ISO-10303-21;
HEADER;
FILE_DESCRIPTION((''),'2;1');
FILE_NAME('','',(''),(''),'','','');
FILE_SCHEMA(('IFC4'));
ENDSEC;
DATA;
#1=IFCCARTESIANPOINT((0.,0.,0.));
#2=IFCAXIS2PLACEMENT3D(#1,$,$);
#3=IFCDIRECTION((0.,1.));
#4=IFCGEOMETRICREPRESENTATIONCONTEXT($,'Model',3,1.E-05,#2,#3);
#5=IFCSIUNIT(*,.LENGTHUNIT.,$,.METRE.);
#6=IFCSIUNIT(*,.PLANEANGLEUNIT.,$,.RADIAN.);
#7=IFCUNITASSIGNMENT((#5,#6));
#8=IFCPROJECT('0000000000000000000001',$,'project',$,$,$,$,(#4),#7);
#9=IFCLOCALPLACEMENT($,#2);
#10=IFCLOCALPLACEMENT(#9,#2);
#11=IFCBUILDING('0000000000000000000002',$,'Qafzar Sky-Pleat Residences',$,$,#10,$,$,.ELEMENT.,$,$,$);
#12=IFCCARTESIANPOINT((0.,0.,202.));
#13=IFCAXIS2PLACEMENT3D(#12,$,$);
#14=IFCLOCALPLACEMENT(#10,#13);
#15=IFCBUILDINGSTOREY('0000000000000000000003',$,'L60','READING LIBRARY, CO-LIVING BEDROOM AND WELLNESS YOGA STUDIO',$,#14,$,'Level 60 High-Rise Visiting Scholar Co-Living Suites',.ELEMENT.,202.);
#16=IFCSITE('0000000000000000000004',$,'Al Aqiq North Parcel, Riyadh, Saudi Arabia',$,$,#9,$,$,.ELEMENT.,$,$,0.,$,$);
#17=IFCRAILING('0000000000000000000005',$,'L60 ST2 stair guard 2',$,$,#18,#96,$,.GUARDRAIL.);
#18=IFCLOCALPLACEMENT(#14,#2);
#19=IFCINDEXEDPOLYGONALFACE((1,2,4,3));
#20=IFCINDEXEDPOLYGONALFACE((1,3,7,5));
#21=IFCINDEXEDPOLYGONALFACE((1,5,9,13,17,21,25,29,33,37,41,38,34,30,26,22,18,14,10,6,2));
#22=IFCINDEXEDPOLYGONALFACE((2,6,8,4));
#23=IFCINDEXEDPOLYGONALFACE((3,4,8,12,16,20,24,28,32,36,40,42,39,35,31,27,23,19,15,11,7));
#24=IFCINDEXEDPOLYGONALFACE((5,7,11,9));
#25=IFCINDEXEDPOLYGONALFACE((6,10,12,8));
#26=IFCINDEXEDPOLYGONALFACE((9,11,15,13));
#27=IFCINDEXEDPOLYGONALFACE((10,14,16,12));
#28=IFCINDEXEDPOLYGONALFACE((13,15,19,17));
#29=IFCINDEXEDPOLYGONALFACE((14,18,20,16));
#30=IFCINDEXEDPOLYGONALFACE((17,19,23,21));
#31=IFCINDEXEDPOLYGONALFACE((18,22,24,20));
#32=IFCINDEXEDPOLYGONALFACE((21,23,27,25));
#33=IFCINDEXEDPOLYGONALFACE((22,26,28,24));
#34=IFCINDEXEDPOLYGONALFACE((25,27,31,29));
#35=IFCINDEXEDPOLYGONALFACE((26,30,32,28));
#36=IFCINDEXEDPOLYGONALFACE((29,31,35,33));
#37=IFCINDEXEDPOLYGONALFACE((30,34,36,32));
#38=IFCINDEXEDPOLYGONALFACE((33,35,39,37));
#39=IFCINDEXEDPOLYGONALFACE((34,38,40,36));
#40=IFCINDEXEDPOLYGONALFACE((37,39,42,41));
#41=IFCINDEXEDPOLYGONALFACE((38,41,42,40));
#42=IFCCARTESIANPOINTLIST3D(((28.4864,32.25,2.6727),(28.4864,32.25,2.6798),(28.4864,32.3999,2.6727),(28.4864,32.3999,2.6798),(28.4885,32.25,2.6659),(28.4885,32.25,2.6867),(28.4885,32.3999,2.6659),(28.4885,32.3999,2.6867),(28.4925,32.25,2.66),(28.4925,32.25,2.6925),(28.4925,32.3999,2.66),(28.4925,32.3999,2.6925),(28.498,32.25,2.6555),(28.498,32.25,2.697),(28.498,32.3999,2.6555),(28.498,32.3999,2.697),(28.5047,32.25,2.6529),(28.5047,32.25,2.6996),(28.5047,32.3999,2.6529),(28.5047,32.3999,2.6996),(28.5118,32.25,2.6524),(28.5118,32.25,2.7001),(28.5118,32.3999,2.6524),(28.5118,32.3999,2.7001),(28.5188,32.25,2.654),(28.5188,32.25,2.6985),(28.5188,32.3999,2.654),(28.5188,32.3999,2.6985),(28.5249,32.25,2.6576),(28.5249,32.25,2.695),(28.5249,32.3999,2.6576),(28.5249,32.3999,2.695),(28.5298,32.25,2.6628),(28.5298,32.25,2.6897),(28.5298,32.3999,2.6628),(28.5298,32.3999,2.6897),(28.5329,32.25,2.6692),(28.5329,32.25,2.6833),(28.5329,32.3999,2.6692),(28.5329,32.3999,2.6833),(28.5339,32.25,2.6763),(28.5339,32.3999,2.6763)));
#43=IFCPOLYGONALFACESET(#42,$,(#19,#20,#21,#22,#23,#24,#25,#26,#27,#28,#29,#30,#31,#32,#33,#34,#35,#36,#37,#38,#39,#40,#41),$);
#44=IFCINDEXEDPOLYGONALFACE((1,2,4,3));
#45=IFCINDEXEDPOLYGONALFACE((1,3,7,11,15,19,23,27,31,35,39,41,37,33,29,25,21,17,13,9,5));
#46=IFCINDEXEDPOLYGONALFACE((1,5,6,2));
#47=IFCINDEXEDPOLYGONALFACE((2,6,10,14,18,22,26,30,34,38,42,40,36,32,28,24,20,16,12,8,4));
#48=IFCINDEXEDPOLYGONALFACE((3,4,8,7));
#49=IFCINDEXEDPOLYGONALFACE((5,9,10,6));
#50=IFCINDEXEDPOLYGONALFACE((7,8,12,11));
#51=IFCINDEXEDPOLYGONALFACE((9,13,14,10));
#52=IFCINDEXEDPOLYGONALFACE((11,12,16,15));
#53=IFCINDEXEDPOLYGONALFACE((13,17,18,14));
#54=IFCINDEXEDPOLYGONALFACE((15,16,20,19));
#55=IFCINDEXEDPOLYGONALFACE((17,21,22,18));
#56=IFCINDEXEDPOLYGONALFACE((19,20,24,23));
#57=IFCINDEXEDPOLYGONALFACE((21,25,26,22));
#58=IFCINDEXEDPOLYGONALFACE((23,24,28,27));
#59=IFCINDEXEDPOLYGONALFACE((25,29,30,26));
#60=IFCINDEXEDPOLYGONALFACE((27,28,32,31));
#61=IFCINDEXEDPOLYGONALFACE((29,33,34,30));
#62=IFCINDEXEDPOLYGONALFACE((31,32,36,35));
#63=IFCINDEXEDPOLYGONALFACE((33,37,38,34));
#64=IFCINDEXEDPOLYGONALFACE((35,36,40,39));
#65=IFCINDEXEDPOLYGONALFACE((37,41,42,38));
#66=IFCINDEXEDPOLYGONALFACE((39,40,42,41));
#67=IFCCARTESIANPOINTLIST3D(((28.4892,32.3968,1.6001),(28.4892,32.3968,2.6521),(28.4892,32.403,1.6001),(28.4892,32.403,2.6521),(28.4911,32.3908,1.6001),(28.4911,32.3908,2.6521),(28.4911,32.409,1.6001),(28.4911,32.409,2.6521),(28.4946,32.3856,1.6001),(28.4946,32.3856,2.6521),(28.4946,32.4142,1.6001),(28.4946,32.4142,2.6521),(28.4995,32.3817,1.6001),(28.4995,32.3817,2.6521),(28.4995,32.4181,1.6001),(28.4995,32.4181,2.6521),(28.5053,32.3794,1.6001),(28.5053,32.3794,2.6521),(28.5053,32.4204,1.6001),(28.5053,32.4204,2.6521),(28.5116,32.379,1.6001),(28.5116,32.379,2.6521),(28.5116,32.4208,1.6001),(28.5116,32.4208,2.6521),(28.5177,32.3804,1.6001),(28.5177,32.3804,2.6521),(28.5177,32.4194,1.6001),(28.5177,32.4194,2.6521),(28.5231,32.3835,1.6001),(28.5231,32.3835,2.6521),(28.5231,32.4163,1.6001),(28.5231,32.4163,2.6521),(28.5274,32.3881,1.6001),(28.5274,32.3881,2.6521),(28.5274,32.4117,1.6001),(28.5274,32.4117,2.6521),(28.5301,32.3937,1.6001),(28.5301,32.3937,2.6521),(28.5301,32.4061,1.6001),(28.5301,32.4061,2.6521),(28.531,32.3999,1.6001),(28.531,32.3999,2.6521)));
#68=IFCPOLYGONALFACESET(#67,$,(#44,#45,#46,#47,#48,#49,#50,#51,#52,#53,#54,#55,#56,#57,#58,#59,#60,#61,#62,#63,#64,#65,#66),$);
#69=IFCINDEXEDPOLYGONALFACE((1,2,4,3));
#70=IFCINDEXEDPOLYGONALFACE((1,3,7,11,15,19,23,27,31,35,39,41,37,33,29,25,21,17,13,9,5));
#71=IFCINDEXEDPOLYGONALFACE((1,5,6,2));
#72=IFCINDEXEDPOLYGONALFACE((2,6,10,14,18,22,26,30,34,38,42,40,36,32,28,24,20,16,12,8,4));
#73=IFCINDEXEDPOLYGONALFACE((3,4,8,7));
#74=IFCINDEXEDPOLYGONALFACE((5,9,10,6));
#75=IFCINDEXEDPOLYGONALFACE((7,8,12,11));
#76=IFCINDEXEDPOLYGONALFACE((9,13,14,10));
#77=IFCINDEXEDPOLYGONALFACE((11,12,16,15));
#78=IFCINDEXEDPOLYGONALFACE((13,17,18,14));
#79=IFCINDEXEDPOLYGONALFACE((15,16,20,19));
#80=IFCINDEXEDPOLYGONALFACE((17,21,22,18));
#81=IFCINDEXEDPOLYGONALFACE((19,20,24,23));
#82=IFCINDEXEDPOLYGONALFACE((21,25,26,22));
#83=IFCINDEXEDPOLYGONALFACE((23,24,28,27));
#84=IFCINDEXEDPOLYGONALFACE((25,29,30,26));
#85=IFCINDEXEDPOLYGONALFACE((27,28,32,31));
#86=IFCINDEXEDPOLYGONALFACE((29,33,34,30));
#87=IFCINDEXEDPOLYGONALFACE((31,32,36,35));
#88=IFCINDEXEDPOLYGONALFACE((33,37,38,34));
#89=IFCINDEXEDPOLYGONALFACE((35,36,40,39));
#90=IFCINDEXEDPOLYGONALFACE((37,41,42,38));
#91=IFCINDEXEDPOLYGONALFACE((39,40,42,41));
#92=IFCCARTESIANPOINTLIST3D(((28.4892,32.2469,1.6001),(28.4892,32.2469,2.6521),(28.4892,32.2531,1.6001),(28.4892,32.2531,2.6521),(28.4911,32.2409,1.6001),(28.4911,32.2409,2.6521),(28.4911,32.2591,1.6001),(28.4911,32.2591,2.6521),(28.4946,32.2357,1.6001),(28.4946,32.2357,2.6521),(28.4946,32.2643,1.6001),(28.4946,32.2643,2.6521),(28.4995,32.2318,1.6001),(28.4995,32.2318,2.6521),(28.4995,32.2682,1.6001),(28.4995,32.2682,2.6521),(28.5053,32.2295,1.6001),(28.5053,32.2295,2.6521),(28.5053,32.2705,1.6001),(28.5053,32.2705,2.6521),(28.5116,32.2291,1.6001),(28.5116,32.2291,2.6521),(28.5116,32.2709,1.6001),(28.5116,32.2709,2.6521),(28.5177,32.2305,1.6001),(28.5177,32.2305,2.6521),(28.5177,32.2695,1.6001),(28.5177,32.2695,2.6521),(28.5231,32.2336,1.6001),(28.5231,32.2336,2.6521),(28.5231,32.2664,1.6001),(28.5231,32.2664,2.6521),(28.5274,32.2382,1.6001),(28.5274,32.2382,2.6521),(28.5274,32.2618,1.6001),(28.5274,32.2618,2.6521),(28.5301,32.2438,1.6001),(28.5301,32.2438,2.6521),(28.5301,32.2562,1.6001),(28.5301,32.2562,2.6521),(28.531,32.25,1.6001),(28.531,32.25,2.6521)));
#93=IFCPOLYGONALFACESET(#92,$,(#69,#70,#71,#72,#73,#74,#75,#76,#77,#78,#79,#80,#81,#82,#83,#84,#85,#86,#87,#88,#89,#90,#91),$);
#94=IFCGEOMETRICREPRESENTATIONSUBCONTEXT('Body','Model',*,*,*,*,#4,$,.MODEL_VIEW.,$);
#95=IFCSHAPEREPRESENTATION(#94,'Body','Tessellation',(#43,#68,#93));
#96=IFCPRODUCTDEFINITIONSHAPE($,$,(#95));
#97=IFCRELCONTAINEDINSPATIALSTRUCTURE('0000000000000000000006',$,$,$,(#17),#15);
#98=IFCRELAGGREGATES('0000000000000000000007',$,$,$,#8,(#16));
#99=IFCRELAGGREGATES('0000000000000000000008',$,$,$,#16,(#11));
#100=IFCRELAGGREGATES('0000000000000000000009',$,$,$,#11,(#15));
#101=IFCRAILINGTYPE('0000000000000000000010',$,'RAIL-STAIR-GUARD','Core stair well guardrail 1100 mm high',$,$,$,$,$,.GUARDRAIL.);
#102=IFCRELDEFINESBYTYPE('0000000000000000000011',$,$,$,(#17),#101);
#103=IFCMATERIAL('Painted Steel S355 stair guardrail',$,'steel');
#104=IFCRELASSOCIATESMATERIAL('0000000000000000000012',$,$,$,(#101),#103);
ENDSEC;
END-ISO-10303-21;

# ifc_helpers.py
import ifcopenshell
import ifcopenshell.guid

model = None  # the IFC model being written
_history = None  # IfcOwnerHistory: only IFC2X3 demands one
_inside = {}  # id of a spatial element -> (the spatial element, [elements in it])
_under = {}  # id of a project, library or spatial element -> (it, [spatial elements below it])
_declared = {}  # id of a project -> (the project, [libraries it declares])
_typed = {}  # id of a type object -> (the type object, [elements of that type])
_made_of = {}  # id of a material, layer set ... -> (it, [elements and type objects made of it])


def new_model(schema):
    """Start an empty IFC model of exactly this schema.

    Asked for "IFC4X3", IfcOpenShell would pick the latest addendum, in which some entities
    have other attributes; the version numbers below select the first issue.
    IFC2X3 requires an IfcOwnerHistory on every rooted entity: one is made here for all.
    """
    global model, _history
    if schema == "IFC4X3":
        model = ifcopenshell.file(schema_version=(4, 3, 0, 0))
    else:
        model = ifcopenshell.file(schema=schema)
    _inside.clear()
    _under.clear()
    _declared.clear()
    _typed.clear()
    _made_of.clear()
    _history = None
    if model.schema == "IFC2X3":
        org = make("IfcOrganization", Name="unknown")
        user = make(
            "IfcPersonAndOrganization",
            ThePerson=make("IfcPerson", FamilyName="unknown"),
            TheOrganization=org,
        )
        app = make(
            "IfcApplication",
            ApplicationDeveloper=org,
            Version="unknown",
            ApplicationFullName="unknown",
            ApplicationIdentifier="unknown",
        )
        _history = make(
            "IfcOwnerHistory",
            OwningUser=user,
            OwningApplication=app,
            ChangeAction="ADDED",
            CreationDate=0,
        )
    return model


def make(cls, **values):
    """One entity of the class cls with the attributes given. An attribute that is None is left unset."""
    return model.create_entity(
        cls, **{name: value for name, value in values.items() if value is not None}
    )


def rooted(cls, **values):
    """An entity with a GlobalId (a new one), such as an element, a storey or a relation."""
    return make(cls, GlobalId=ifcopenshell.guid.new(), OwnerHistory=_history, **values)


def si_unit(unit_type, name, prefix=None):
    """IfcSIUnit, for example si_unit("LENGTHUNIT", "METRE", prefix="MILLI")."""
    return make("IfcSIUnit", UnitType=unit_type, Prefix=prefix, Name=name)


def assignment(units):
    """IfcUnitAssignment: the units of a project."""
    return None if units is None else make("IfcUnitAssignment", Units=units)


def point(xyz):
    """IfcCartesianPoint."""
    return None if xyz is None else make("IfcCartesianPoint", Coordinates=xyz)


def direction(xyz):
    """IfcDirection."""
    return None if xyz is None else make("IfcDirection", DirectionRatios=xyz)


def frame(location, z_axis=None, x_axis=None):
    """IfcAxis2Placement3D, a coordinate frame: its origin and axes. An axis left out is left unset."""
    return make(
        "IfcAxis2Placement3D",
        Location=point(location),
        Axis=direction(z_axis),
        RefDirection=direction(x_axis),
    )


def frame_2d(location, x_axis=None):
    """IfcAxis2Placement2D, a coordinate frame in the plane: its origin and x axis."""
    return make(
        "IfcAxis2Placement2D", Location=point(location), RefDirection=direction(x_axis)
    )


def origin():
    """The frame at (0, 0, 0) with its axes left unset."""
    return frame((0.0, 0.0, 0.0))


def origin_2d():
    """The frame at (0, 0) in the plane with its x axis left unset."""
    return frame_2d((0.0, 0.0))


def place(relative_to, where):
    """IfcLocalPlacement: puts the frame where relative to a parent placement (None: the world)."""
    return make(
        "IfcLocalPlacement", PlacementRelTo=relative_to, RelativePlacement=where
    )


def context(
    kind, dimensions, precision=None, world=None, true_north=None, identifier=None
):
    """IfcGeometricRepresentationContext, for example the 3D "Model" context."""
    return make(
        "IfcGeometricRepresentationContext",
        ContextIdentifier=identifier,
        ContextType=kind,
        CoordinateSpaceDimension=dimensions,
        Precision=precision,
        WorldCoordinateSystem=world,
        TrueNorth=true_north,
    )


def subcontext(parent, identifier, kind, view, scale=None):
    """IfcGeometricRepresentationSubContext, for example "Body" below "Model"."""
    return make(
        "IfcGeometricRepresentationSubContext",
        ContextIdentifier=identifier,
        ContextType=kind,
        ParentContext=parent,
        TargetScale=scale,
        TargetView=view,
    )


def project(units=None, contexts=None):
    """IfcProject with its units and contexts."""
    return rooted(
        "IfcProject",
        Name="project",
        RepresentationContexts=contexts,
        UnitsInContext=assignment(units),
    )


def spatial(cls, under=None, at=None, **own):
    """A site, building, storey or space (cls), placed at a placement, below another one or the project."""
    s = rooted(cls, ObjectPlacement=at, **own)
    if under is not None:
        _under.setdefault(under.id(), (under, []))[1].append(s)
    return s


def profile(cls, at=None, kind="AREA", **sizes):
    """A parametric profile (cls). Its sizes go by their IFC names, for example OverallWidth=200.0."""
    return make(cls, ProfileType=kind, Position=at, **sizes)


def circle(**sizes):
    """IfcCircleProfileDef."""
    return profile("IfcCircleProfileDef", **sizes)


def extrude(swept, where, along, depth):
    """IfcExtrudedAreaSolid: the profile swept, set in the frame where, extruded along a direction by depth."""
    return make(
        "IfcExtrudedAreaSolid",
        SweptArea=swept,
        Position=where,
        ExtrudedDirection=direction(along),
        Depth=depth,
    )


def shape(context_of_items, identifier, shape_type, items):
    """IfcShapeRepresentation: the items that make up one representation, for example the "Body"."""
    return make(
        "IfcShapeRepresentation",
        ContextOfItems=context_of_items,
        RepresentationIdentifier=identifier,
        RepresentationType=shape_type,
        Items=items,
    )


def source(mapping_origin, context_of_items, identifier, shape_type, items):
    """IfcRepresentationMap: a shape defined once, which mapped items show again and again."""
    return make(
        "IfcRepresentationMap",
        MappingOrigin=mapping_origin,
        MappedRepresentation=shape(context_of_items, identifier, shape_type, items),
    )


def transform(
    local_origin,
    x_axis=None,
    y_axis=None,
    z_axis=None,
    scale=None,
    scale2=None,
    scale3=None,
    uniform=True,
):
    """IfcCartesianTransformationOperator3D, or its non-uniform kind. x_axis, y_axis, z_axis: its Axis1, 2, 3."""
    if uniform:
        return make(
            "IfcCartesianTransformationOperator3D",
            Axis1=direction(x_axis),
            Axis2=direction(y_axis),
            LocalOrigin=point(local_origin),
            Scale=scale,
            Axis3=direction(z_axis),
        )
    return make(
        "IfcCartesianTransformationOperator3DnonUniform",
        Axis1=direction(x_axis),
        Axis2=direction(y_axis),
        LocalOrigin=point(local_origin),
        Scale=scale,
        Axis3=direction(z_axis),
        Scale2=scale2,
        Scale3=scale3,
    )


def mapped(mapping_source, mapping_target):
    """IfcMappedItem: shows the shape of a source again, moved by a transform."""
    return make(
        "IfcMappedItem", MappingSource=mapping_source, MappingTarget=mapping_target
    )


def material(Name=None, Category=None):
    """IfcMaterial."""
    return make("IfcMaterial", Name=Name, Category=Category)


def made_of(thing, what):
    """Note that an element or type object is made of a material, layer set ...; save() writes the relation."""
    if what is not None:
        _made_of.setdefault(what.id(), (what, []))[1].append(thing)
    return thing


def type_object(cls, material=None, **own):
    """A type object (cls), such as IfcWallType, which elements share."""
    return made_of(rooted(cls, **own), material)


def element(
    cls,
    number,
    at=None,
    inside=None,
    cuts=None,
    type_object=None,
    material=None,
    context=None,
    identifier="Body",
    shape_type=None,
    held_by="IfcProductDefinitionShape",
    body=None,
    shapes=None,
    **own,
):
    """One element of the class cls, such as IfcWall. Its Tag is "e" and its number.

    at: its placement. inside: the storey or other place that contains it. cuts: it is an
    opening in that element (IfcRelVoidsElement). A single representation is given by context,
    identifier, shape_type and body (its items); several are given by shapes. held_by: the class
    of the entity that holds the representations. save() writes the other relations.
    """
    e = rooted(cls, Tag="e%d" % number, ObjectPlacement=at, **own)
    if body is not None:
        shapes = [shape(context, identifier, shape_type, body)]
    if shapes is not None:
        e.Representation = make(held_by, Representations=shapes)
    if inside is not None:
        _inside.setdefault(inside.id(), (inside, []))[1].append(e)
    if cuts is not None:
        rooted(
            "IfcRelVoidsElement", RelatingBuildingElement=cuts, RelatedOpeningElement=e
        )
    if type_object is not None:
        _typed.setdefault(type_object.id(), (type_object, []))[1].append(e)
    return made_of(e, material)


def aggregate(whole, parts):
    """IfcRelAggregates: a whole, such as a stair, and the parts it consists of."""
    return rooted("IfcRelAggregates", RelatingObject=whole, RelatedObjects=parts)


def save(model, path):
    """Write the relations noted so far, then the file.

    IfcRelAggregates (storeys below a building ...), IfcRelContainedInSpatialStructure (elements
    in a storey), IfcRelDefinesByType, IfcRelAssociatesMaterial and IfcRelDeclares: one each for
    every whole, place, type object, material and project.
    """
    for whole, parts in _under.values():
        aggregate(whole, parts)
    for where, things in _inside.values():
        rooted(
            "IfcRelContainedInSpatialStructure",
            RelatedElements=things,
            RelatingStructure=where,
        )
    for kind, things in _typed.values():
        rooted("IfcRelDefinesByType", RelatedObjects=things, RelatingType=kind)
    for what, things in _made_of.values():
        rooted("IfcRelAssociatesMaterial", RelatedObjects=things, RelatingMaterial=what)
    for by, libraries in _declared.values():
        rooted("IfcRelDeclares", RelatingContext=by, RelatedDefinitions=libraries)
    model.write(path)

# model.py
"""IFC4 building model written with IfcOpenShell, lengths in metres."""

from ifc_helpers import new_model, si_unit, direction, frame, origin, origin_2d, place, context, subcontext, project, spatial, circle, extrude, source, transform, mapped, material, type_object, element, save


model = new_model("IFC4")

# Units and contexts
model_context = context("Model", 3, precision=1e-05, world=origin(), true_north=direction((0.0, 1.0)))
body_context = subcontext(model_context, "Body", "Model", "MODEL_VIEW")
ifc_project = project(units=[si_unit("LENGTHUNIT", "METRE"), si_unit("PLANEANGLEUNIT", "RADIAN")], contexts=[model_context])

# Site, building, storey
site_placement = place(None, origin())
site = spatial("IfcSite", under=ifc_project, at=site_placement, Name="Al Aqiq North Parcel, Riyadh, Saudi Arabia", CompositionType="ELEMENT", RefElevation=0.0)
building_placement = place(site_placement, origin())
building = spatial("IfcBuilding", under=site, at=building_placement, Name="Qafzar Sky-Pleat Residences", CompositionType="ELEMENT")
storey_placement = place(building_placement, frame((0.0, 0.0, 202.0)))
storey = spatial("IfcBuildingStorey", under=building, at=storey_placement, Name="L60", Description="READING LIBRARY, CO-LIVING BEDROOM AND WELLNESS YOGA STUDIO", LongName="Level 60 High-Rise Visiting Scholar Co-Living Suites", CompositionType="ELEMENT", Elevation=202.0)

# Railing
ifc_material_1 = material(Name="Painted Steel S355 stair guardrail", Category="steel")
railing_type = type_object("IfcRailingType", Name="RAIL-STAIR-GUARD", Description="Core stair well guardrail 1100 mm high", PredefinedType="GUARDRAIL", material=ifc_material_1)
shared_shape_1 = source(origin(), body_context, "Body", "SweptSolid", [
    extrude(circle(Radius=0.0239, at=origin_2d()), frame((0.0, 0.0, 1.0762), z_axis=(0.0, -1.0, 0.0), x_axis=(1.0, 0.0, 0.0)), (0.0, 0.0, 1.0), 0.1499),
    extrude(circle(Radius=0.021, at=origin_2d()), origin(), (0.0, 0.0, 1.0), 1.052),
    extrude(circle(Radius=0.021, at=origin_2d()), frame((0.0, -0.1499, 0.0)), (0.0, 0.0, 1.0), 1.052),
])
railing_placement = place(storey_placement, frame((28.51, 32.3999, 1.6001)))
element("IfcRailing", 1, at=railing_placement, inside=storey, type_object=railing_type, Name="L60 ST2 stair guard 2", PredefinedType="GUARDRAIL", context=body_context, shape_type="MappedRepresentation", body=[
    mapped(shared_shape_1, transform((0.0, 0.0, 0.0), x_axis=(1.0, 0.0, 0.0), y_axis=(0.0, 1.0, 0.0), z_axis=(0.0, 0.0, 1.0), scale=1.0)),
])

save(model, "model.ifc")
